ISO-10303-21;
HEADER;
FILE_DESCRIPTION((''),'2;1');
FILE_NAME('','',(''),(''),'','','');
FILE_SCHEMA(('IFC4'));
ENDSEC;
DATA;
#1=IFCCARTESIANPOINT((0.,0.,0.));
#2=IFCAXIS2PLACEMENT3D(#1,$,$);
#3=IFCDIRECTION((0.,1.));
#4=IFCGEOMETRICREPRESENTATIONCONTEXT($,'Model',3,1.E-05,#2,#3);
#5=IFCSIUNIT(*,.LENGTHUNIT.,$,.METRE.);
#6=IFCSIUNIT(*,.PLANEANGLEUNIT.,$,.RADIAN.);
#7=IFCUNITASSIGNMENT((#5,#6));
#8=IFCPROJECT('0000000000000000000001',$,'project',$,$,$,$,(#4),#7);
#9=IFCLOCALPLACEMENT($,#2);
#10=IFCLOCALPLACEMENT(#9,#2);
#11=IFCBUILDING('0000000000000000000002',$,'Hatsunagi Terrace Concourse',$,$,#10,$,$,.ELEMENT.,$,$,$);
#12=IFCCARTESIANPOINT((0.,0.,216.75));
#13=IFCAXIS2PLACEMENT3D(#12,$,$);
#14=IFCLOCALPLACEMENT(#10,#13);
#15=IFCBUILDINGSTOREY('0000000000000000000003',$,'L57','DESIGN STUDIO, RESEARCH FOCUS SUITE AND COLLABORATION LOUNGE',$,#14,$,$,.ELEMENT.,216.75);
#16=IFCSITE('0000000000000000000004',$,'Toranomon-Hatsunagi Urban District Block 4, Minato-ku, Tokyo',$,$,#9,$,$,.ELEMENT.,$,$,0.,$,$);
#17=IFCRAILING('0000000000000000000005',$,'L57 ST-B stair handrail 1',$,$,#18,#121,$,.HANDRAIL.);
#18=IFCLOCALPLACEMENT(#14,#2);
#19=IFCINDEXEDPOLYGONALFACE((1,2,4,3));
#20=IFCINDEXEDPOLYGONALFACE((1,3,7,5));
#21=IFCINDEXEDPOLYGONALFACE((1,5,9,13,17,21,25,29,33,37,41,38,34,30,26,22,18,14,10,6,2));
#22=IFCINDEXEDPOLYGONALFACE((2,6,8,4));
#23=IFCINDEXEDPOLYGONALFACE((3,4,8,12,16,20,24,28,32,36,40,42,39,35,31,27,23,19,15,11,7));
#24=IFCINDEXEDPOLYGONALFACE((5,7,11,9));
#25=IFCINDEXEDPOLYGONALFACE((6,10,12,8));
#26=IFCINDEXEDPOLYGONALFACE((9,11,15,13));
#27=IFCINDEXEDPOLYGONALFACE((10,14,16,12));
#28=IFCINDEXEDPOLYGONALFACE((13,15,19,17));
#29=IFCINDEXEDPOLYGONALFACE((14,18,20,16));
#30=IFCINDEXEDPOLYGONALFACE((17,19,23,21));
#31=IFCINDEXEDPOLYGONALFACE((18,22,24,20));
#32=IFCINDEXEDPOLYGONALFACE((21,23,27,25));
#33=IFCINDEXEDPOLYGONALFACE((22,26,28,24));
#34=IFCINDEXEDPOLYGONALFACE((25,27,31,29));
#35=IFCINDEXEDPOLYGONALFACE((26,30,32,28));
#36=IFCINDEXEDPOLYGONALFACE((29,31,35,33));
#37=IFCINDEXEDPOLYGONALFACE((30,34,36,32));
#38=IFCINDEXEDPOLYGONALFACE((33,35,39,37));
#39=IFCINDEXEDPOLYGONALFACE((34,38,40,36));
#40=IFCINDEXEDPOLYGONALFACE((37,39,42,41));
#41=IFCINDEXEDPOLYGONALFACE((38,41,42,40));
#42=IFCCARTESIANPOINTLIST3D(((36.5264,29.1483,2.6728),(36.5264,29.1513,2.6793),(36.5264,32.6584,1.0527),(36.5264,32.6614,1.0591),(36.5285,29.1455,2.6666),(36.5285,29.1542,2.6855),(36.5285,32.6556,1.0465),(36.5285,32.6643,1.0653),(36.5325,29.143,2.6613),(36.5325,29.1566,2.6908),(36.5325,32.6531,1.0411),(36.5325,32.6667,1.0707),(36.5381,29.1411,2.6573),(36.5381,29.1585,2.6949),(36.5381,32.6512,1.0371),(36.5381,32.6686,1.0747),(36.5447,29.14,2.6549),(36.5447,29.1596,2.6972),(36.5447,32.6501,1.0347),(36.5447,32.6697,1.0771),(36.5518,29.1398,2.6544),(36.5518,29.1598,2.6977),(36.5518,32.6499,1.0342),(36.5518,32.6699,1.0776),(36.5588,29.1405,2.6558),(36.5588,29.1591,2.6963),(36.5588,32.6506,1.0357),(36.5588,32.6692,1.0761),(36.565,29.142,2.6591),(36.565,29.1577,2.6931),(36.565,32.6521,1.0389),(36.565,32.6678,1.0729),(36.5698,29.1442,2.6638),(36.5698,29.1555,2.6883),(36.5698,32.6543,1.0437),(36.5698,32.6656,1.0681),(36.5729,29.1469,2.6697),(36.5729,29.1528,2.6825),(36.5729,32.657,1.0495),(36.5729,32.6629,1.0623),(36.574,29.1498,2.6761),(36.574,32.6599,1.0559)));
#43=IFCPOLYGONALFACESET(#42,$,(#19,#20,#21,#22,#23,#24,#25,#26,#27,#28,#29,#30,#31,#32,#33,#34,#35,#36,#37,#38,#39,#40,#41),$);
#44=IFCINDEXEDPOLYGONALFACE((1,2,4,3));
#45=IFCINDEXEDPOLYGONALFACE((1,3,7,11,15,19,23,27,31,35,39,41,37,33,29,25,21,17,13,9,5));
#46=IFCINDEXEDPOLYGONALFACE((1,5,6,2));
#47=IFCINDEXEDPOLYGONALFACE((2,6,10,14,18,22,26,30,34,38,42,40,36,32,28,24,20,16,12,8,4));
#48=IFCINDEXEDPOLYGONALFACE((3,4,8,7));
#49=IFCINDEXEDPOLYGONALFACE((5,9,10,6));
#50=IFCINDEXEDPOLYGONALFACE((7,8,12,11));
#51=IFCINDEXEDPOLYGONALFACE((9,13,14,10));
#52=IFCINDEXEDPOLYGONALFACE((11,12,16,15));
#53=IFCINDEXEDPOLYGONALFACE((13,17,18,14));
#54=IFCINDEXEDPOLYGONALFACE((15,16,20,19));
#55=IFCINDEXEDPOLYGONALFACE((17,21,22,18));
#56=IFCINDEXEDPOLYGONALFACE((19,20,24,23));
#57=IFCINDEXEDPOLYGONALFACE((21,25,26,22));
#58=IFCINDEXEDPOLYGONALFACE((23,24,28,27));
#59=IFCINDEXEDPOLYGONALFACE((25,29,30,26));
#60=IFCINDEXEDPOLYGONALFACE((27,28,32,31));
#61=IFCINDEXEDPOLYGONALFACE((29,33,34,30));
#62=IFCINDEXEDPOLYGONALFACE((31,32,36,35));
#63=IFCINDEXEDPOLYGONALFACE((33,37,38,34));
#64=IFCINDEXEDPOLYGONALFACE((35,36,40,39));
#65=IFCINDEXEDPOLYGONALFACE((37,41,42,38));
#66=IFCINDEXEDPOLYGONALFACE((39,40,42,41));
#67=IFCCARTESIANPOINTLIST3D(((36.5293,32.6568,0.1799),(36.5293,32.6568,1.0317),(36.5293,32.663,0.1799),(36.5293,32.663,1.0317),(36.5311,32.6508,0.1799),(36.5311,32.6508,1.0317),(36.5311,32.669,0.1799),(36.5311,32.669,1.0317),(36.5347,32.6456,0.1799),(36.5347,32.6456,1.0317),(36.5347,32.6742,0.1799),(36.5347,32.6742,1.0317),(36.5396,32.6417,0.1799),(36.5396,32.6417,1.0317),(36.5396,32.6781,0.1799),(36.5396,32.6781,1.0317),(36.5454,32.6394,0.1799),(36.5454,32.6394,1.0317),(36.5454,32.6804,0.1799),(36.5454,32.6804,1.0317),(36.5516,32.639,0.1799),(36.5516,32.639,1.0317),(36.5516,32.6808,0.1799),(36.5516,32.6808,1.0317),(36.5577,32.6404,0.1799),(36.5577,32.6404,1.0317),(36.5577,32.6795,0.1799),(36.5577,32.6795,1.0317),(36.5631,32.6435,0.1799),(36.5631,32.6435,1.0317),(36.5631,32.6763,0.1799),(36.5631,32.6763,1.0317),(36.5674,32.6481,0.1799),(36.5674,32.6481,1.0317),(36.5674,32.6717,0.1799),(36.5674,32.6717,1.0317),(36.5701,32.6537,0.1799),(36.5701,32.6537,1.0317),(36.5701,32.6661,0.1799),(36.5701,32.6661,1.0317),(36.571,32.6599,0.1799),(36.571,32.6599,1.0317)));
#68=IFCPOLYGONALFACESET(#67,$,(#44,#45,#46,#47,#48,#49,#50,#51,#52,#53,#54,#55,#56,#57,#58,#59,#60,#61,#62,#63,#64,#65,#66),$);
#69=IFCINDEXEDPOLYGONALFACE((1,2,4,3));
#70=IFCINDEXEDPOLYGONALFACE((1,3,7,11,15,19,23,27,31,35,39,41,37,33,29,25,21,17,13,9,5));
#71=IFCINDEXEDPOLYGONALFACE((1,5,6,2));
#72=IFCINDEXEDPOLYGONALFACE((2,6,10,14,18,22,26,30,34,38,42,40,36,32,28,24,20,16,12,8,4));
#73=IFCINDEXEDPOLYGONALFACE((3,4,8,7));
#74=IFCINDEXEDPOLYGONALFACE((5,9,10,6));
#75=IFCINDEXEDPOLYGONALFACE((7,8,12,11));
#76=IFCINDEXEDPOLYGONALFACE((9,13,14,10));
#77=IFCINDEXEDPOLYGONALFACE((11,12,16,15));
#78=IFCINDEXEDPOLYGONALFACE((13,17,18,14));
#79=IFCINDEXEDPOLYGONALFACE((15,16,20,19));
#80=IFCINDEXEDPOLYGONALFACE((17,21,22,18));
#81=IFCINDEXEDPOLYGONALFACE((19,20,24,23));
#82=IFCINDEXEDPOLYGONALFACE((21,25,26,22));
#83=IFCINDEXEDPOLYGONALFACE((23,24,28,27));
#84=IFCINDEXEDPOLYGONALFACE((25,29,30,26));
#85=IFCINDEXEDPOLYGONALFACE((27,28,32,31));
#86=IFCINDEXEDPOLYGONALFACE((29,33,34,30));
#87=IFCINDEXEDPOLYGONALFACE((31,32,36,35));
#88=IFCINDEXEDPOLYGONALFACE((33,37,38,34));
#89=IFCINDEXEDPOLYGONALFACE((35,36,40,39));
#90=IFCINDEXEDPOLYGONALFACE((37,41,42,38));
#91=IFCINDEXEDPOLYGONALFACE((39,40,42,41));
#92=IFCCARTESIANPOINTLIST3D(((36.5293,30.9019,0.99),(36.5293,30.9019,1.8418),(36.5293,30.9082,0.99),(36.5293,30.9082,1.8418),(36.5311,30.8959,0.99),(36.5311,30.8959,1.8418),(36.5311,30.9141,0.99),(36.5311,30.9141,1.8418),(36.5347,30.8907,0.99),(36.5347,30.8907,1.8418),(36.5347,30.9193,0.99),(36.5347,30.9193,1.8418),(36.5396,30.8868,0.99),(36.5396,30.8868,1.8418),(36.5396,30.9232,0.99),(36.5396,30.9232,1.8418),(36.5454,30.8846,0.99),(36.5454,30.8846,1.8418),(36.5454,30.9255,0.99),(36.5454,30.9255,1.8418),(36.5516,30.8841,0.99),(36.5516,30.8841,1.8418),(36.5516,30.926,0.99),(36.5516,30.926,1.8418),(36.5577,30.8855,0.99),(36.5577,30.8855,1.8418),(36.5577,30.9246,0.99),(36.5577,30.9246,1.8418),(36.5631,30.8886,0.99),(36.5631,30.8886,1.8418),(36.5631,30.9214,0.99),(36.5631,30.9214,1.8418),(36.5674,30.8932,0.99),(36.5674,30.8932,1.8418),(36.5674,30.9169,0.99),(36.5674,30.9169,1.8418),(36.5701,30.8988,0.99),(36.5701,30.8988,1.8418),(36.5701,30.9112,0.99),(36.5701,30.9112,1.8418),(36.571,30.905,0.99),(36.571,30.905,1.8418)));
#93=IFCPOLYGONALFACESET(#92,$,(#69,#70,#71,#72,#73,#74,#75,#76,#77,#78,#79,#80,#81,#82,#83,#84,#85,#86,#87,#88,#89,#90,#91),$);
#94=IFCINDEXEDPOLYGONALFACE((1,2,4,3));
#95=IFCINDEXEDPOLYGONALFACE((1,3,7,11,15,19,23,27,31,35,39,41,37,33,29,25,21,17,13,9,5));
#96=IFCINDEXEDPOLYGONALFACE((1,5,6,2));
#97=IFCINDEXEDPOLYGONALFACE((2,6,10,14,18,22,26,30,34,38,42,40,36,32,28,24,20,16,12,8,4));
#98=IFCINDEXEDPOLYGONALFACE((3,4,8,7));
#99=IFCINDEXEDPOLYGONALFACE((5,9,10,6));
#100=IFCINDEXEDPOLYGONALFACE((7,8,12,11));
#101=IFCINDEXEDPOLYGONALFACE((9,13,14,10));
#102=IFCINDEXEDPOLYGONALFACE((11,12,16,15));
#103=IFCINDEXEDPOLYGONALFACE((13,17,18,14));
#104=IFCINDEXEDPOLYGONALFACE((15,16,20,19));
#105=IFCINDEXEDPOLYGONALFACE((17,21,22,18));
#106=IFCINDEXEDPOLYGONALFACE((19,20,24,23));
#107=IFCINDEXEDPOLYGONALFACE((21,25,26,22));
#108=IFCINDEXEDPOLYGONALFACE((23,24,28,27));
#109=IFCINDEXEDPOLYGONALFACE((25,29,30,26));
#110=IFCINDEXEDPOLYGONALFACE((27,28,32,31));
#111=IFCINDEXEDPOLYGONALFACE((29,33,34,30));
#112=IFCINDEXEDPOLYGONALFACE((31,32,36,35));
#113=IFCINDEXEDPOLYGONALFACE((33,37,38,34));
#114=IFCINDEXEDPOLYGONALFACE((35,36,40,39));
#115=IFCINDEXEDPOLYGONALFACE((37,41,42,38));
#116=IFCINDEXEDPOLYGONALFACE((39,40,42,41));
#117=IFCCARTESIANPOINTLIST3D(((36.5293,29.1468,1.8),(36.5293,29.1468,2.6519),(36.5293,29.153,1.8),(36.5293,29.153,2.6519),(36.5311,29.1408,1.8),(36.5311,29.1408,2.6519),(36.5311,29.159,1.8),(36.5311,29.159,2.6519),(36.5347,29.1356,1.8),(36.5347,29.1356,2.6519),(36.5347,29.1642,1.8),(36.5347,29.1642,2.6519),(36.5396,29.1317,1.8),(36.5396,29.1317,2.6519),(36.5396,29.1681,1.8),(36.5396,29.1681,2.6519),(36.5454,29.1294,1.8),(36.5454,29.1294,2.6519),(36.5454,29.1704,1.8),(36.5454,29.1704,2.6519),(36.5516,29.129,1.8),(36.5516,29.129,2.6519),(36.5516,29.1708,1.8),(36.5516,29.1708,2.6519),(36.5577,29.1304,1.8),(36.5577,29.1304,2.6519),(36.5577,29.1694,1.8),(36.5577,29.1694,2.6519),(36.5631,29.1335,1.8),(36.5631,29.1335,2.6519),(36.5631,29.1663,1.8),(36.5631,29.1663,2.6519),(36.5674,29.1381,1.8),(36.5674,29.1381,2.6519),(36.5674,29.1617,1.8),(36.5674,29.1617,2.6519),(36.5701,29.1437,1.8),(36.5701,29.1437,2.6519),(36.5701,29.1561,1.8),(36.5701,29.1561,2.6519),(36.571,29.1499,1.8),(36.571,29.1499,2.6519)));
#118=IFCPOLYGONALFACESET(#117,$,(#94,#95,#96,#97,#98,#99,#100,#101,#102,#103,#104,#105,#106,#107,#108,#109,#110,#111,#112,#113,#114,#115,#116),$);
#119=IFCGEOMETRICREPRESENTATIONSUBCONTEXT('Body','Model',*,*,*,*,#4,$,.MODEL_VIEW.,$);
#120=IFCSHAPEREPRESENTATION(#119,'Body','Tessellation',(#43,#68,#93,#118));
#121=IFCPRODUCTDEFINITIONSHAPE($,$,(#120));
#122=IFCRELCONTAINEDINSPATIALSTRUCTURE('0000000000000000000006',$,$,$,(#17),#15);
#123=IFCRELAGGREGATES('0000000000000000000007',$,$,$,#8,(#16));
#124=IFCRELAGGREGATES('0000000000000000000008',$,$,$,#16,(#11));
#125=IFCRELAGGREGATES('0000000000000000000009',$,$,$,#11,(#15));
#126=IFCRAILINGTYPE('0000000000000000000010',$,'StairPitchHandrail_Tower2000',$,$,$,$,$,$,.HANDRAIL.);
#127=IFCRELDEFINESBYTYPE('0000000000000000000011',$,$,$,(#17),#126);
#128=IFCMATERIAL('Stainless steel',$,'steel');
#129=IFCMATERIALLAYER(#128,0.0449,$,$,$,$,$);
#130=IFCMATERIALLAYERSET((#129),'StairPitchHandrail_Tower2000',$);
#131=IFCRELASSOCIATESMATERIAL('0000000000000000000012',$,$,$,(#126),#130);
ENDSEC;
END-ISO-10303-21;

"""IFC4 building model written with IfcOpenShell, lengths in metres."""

from ifc_helpers import new_model, si_unit, direction, frame, origin, origin_2d, place, context, subcontext, project, spatial, circle, extrude, material, layer, layer_set, type_object, element, save


model = new_model("IFC4")

# Units and contexts
model_context = context("Model", 3, precision=1e-05, world=origin(), true_north=direction((0.0, 1.0)))
body_context = subcontext(model_context, "Body", "Model", "MODEL_VIEW")
ifc_project = project(units=[si_unit("LENGTHUNIT", "METRE"), si_unit("PLANEANGLEUNIT", "RADIAN")], contexts=[model_context])

# Site, building, storey
site_placement = place(None, origin())
site = spatial("IfcSite", under=ifc_project, at=site_placement, Name="Toranomon-Hatsunagi Urban District Block 4, Minato-ku, Tokyo", CompositionType="ELEMENT", RefElevation=0.0)
building_placement = place(site_placement, origin())
building = spatial("IfcBuilding", under=site, at=building_placement, Name="Hatsunagi Terrace Concourse", CompositionType="ELEMENT")
storey_placement = place(building_placement, frame((0.0, 0.0, 216.75)))
storey = spatial("IfcBuildingStorey", under=building, at=storey_placement, Name="L57", Description="DESIGN STUDIO, RESEARCH FOCUS SUITE AND COLLABORATION LOUNGE", CompositionType="ELEMENT", Elevation=216.75)

# Railing
ifc_material_1 = material(Name="Stainless steel", Category="steel")
ifc_layer_1 = layer(ifc_material_1, 0.0449)
ifc_layer_set_1 = layer_set([ifc_layer_1], Name="StairPitchHandrail_Tower2000")
railing_type_1 = type_object("IfcRailingType", Name="StairPitchHandrail_Tower2000", PredefinedType="HANDRAIL", material=ifc_layer_set_1)
railing_1_placement = place(storey_placement, frame((36.55, 32.6599, 0.1799)))
element("IfcRailing", 1, at=railing_1_placement, inside=storey, type_object=railing_type_1, Name="L57 ST-B stair handrail 1", PredefinedType="HANDRAIL", context=body_context, shape_type="SweptSolid", body=[
    extrude(circle(Radius=0.0239, at=origin_2d()), frame((0.0, 0.0, 0.876), z_axis=(0.0, -0.907948, 0.419082), x_axis=(1.0, 0.0, 0.0)), (0.0, 0.0, 1.0), 3.866),
    extrude(circle(Radius=0.021, at=origin_2d()), origin(), (0.0, 0.0, 1.0), 0.8518),
    extrude(circle(Radius=0.021, at=origin_2d()), frame((0.0, -1.7549, 0.8101)), (0.0, 0.0, 1.0), 0.8518),
    extrude(circle(Radius=0.021, at=origin_2d()), frame((0.0, -3.51, 1.6201)), (0.0, 0.0, 1.0), 0.8518),
])

save(model, "model.ifc")
